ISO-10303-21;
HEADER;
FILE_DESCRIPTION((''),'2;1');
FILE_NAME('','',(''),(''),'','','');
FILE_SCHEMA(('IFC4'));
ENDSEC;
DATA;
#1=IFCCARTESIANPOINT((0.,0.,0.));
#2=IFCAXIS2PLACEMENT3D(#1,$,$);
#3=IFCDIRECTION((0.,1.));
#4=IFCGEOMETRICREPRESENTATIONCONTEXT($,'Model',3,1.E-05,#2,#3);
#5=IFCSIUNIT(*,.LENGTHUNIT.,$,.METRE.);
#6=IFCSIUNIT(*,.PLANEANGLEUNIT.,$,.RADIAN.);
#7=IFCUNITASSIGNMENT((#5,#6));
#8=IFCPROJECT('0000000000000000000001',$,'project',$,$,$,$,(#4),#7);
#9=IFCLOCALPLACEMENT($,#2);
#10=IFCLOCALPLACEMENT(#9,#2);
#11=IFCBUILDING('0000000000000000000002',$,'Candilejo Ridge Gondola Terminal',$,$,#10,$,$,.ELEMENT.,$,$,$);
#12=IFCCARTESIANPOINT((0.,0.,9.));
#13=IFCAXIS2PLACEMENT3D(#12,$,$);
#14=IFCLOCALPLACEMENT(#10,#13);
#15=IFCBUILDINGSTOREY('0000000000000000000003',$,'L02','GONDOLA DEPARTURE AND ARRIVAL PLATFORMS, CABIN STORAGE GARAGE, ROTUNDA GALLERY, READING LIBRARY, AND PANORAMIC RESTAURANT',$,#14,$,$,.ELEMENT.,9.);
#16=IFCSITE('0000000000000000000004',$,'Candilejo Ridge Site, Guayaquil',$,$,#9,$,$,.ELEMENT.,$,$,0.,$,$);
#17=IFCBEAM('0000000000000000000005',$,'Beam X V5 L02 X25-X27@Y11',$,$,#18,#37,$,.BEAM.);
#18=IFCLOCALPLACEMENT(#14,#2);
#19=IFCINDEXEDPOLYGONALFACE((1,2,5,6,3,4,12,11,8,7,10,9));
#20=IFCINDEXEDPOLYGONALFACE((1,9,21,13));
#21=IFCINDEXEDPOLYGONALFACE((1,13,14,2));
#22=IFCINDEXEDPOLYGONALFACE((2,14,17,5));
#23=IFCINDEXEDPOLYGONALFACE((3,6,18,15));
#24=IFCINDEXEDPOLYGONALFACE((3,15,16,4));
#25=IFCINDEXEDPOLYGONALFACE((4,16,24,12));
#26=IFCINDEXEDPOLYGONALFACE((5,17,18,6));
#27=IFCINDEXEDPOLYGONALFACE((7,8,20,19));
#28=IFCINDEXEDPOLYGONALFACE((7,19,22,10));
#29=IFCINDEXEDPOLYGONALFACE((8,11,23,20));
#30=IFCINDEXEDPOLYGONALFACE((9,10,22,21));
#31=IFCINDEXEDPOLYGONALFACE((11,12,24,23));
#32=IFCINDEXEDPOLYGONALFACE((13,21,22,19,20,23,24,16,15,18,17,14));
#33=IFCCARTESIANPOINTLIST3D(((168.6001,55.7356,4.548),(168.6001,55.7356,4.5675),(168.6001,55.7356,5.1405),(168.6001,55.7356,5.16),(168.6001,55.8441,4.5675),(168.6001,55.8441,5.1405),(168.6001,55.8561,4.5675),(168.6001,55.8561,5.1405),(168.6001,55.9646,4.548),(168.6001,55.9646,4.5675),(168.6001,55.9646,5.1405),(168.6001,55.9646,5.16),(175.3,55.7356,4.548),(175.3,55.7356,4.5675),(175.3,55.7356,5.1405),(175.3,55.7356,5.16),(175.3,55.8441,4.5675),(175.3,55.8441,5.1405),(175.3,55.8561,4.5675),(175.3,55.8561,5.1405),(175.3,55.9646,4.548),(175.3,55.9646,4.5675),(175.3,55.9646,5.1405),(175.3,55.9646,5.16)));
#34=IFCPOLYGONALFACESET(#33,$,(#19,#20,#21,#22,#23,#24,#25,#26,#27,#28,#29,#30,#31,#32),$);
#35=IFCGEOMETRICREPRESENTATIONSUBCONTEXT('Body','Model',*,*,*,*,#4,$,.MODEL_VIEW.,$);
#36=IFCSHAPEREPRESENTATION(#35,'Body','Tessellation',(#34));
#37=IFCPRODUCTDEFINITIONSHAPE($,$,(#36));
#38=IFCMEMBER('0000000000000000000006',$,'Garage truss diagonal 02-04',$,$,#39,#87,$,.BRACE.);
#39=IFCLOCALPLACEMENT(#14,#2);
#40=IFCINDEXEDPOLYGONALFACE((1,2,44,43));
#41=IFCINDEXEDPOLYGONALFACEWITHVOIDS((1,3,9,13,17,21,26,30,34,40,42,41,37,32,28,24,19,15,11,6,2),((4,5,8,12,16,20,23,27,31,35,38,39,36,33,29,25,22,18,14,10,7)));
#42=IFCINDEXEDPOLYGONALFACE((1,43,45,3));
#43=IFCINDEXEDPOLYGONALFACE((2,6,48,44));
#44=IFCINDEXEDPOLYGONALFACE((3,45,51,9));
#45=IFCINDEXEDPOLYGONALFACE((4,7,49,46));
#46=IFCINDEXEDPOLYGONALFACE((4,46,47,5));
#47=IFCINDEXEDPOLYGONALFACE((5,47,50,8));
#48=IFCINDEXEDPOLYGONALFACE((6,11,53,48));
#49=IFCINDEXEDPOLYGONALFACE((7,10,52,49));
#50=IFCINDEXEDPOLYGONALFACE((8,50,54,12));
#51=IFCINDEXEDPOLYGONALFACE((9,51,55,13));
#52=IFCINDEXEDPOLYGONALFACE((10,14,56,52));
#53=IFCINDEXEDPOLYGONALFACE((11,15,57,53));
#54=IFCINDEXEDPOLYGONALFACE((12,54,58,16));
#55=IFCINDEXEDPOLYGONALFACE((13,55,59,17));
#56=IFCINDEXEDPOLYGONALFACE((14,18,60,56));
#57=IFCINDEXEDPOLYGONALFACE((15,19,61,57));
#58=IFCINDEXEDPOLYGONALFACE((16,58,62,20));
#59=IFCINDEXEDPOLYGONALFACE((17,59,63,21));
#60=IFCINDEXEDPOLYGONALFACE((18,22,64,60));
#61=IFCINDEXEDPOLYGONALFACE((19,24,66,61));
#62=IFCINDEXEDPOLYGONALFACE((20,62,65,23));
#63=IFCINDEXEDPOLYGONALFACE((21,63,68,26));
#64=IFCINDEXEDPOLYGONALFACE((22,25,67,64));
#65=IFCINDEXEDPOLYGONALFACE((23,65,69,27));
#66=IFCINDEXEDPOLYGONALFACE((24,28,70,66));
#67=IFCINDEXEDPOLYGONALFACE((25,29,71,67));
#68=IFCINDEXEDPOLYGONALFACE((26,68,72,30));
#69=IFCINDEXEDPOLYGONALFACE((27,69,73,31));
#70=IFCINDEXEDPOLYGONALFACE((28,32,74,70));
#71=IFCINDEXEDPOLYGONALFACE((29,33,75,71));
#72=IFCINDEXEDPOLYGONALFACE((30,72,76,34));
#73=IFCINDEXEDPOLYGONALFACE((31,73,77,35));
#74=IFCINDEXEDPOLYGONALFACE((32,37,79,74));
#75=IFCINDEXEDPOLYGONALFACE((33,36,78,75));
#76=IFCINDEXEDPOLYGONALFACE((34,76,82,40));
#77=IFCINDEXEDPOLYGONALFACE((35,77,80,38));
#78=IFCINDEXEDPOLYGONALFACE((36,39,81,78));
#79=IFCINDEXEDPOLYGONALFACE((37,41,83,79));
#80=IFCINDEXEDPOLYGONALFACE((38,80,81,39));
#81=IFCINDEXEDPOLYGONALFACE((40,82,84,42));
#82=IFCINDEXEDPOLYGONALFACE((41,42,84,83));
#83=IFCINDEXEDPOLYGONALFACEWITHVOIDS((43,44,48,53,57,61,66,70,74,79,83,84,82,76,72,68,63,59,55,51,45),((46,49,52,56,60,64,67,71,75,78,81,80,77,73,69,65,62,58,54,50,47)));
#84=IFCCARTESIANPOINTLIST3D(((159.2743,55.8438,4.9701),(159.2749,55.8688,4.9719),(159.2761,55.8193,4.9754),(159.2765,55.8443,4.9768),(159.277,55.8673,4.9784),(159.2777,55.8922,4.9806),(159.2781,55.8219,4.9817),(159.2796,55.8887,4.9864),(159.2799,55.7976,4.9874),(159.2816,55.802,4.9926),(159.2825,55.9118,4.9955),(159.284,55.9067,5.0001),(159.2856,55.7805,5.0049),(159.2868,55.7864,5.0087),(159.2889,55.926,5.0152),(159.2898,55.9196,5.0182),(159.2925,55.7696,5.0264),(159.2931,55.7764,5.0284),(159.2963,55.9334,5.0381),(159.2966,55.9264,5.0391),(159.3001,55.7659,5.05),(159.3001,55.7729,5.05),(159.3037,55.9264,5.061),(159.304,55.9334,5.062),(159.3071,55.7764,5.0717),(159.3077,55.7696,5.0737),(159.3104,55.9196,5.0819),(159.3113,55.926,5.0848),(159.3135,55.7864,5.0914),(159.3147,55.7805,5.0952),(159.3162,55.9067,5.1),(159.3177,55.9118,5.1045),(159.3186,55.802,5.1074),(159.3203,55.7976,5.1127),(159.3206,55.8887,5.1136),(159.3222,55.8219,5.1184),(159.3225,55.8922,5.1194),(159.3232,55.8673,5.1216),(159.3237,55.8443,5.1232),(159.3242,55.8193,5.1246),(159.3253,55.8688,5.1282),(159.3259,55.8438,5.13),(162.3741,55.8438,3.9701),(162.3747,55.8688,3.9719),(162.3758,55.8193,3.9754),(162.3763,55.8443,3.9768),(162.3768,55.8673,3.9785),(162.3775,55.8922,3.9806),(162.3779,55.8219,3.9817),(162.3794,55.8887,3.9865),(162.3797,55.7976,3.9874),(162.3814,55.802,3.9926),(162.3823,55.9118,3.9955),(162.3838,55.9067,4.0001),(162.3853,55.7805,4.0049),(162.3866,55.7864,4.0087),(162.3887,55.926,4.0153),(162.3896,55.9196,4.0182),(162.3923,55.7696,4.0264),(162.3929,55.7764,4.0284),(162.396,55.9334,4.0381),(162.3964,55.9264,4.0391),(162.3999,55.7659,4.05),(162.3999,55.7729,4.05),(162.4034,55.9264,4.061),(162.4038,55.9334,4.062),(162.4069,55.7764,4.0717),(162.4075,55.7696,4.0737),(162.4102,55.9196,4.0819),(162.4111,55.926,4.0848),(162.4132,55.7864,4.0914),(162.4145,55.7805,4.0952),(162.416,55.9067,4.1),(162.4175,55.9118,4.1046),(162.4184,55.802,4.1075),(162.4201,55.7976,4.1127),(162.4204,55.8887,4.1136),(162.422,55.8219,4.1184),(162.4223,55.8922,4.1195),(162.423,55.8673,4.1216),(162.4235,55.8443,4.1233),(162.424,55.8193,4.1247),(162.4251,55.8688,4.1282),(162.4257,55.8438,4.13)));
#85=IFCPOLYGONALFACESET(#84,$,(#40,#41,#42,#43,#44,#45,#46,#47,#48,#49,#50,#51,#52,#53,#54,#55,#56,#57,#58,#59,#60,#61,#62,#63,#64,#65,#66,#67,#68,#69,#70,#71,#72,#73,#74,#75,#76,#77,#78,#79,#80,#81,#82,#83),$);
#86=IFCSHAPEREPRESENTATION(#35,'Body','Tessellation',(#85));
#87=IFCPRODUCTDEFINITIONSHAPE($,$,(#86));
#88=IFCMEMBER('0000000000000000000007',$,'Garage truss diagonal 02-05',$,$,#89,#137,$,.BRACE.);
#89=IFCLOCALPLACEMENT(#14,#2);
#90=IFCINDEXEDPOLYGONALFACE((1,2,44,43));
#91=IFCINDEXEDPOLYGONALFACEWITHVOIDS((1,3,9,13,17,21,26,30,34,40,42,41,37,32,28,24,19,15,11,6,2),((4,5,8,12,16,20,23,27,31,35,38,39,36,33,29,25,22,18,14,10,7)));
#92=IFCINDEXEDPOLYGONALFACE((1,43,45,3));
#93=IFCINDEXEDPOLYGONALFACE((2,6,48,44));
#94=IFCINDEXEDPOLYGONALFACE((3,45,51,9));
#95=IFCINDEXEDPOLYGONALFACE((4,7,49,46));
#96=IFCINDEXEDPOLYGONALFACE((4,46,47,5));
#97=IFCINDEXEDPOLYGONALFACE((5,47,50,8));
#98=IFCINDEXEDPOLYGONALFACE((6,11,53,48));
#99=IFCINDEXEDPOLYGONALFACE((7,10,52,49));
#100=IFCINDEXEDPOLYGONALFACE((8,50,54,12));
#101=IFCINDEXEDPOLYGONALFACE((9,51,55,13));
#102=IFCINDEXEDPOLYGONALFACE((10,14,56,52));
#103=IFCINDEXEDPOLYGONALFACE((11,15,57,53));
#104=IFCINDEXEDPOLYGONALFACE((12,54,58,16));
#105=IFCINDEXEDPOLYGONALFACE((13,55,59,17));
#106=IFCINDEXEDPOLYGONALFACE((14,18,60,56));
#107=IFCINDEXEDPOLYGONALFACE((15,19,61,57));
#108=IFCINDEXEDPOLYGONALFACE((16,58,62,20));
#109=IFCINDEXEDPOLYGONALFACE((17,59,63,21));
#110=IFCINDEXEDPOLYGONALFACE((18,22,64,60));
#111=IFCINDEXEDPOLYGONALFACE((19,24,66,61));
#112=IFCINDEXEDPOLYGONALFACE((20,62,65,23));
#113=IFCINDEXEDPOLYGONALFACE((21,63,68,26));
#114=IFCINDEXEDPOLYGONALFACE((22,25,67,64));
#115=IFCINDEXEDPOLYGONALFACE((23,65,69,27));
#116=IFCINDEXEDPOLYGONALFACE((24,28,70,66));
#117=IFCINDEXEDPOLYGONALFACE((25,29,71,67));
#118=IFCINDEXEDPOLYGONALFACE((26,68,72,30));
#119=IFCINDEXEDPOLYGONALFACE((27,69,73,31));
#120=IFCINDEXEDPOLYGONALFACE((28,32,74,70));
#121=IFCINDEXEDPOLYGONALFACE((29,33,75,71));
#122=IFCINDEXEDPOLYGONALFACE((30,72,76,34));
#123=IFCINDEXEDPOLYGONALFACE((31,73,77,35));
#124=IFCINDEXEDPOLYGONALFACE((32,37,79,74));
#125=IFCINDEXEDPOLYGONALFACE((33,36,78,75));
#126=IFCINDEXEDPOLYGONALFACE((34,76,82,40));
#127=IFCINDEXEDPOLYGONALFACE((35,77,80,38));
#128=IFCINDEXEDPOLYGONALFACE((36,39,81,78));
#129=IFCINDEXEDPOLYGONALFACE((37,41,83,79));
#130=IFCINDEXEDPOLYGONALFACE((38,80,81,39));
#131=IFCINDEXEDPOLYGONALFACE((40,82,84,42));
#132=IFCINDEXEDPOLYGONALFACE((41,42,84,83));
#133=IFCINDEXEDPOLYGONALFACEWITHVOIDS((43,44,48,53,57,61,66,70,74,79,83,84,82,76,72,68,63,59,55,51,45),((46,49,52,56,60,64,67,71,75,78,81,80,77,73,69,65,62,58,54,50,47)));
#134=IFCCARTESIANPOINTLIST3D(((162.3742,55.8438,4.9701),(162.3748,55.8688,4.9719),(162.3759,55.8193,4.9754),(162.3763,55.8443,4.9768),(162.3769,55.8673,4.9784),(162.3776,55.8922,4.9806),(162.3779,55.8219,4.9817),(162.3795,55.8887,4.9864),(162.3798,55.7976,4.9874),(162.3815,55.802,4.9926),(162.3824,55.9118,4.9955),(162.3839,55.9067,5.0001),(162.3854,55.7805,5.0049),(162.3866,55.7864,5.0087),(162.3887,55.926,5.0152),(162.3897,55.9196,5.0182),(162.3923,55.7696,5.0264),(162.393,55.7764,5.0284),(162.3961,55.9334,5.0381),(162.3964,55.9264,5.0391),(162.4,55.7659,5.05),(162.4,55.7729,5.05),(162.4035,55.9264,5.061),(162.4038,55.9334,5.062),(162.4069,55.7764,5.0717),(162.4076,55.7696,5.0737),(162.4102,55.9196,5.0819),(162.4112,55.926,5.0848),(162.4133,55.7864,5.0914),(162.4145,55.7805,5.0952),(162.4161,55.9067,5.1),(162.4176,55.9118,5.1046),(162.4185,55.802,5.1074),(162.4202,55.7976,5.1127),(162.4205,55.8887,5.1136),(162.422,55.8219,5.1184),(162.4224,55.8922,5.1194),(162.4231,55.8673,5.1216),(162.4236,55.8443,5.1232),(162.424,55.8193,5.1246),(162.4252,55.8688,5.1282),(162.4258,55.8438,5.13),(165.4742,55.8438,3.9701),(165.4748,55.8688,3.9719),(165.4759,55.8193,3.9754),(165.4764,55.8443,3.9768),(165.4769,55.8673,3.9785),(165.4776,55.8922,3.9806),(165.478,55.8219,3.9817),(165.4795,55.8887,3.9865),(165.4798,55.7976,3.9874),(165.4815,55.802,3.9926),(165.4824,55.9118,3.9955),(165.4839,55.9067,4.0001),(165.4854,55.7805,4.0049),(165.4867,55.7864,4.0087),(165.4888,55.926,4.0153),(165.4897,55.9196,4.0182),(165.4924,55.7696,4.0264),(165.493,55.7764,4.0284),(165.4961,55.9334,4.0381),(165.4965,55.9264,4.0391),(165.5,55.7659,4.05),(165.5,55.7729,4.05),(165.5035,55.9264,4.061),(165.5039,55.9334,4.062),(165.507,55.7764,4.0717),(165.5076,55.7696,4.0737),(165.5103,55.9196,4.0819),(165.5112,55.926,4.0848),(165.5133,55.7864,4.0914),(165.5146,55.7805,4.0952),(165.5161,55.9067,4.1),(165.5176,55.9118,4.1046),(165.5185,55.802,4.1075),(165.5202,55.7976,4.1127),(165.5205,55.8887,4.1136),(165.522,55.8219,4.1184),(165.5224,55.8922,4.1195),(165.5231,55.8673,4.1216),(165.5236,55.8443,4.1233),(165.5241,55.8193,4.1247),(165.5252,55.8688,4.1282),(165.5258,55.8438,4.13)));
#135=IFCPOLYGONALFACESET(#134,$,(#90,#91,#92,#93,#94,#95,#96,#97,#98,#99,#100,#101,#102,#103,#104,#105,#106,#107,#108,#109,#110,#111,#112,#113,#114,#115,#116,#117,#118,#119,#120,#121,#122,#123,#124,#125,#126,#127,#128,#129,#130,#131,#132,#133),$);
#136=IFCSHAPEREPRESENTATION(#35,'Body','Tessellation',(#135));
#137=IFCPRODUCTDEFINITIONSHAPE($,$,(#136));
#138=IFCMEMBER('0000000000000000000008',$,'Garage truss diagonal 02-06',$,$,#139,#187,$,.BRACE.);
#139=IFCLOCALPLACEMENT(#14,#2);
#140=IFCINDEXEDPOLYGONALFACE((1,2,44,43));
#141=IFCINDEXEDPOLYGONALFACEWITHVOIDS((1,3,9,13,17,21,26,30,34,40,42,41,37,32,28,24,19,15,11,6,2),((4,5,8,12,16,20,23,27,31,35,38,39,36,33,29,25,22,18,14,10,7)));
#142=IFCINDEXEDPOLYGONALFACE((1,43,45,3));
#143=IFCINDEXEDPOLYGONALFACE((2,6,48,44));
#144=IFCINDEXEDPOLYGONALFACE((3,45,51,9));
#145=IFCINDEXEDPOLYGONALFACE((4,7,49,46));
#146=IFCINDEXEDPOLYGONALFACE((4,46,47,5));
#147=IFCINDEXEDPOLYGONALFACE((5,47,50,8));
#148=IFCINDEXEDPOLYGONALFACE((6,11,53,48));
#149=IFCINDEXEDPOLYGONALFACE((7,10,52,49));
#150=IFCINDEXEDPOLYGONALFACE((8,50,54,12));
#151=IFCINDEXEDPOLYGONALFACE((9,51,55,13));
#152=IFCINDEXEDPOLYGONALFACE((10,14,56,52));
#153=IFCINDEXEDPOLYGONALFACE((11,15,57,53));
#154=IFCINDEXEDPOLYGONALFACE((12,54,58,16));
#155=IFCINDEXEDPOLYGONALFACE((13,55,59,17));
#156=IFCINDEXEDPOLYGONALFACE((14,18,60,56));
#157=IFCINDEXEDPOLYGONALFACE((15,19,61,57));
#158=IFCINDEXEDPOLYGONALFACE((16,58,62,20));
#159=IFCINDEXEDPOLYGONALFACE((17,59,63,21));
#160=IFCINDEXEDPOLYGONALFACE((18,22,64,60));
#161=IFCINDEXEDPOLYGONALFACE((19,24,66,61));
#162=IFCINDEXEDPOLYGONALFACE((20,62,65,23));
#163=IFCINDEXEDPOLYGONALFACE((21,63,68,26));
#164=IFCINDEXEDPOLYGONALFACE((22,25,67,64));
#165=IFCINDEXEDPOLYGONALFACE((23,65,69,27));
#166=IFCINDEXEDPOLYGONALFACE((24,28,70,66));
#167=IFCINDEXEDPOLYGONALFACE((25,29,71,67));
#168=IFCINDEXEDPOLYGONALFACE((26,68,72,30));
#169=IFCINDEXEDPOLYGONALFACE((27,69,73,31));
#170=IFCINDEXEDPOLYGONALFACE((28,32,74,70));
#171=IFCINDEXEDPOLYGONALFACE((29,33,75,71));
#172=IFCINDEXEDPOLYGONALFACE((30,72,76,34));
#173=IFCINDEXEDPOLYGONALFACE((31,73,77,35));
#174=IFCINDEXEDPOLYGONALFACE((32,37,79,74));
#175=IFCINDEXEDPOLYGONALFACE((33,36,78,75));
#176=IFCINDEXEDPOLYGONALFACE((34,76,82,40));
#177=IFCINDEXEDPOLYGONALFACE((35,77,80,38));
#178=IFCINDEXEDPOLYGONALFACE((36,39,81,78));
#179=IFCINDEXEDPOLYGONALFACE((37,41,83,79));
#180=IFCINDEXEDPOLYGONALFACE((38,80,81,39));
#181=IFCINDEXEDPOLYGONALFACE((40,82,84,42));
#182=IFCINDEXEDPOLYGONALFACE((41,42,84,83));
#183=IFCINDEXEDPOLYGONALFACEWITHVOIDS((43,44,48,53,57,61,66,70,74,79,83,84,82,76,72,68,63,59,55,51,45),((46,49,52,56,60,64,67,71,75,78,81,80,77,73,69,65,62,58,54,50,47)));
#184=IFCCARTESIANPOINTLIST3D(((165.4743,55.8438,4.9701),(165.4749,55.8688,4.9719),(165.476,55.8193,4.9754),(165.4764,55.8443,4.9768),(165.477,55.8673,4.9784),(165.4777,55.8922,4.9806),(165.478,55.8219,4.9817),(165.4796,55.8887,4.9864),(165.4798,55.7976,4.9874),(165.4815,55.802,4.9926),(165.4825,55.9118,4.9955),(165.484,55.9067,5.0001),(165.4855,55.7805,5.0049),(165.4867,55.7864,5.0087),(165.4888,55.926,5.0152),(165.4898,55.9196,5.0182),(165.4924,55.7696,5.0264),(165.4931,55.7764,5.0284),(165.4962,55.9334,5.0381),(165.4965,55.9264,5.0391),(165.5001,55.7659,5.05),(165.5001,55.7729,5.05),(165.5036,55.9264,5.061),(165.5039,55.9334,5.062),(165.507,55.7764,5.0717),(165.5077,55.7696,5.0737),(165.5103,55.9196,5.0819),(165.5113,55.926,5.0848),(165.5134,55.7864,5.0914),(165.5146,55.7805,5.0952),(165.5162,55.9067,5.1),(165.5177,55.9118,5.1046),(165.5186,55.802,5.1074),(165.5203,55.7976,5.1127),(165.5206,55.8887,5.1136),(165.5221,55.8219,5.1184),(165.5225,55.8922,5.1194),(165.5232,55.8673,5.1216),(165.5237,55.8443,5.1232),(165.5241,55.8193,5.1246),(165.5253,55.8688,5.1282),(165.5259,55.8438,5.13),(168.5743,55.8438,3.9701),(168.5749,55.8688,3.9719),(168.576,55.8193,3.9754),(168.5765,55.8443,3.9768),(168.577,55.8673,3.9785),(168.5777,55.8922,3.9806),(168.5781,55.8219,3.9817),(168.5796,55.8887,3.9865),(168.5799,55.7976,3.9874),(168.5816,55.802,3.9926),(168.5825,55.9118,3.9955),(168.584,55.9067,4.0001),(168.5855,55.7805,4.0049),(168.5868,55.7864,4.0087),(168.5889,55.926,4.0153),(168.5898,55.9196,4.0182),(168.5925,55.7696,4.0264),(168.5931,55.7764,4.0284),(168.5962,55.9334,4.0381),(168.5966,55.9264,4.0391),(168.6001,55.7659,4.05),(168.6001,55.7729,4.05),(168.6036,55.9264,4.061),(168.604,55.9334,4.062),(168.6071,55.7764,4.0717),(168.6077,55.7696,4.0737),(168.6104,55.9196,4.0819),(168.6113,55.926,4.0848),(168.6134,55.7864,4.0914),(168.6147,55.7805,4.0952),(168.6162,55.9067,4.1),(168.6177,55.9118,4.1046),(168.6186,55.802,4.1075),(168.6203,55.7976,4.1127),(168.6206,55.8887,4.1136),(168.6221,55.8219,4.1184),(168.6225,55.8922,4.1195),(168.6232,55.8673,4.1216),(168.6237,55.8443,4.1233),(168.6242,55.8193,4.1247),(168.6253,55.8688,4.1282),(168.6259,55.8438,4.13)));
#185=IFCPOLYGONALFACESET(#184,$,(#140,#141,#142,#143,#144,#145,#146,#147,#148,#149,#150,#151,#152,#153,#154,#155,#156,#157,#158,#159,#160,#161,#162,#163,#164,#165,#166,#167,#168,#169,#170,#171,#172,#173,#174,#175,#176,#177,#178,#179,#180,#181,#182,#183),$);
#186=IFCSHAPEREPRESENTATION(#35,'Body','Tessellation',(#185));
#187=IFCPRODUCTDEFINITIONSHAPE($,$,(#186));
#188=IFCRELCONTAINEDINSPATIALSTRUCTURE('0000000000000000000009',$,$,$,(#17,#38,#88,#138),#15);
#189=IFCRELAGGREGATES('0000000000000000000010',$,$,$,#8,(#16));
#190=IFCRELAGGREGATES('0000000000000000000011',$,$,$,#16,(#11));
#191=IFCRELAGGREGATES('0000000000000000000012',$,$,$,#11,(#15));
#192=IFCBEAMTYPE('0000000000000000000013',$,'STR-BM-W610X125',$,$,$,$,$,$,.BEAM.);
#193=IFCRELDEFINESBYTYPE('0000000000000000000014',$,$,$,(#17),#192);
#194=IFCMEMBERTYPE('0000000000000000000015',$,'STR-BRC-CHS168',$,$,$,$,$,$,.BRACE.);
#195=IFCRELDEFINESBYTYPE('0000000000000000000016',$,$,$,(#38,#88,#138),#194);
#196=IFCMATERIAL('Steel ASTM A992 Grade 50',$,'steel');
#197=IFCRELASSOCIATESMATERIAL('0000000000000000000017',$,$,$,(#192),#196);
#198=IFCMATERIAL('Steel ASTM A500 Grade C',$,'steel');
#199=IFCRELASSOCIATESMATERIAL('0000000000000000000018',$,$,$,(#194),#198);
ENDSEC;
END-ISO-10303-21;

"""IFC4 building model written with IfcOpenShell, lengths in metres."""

from ifc_helpers import new_model, si_unit, direction, frame, origin, origin_2d, place, context, subcontext, project, spatial, hollow_circle, i_section, extrude, material, material_profile, profile_set, type_object, element, save


model = new_model("IFC4")

# Units and contexts
model_context = context("Model", 3, precision=1e-05, world=origin(), true_north=direction((0.0, 1.0)))
body_context = subcontext(model_context, "Body", "Model", "MODEL_VIEW")
ifc_project = project(units=[si_unit("LENGTHUNIT", "METRE"), si_unit("PLANEANGLEUNIT", "RADIAN")], contexts=[model_context])

# Site, building, storey
site_placement = place(None, origin())
site = spatial("IfcSite", under=ifc_project, at=site_placement, Name="Candilejo Ridge Site, Guayaquil", CompositionType="ELEMENT", RefElevation=0.0)
building_placement = place(site_placement, origin())
building = spatial("IfcBuilding", under=site, at=building_placement, Name="Candilejo Ridge Gondola Terminal", CompositionType="ELEMENT")
storey_placement = place(building_placement, frame((0.0, 0.0, 9.0)))
storey = spatial("IfcBuildingStorey", under=building, at=storey_placement, Name="L02", Description="GONDOLA DEPARTURE AND ARRIVAL PLATFORMS, CABIN STORAGE GARAGE, ROTUNDA GALLERY, READING LIBRARY, AND PANORAMIC RESTAURANT", CompositionType="ELEMENT", Elevation=9.0)

# Beam
ifc_material_1 = material(Name="Steel ASTM A992 Grade 50", Category="steel")
ifc_material_profile_1 = material_profile(ifc_material_1, i_section(OverallWidth=0.229, OverallDepth=0.6121, WebThickness=0.012, FlangeThickness=0.0195, at=origin_2d()))
ifc_profile_set_1 = profile_set([ifc_material_profile_1], Name="Steel ASTM A992 Grade 50")
beam_type_1 = type_object("IfcBeamType", Name="STR-BM-W610X125", PredefinedType="BEAM", material=ifc_profile_set_1)
beam_1_placement = place(storey_placement, frame((168.6001, 55.8501, 4.854), z_axis=(1.0, 0.0, 0.0), x_axis=(0.0, 1.0, 0.0)))
element("IfcBeam", 1, at=beam_1_placement, inside=storey, type_object=beam_type_1, Name="Beam X V5 L02 X25-X27@Y11", PredefinedType="BEAM", context=body_context, shape_type="SweptSolid", body=[
    extrude(i_section(OverallWidth=0.229, OverallDepth=0.6121, WebThickness=0.012, FlangeThickness=0.0195, at=origin_2d()), origin(), (0.0, 0.0, 1.0), 6.7),
])

# Members
ifc_material_2 = material(Name="Steel ASTM A500 Grade C", Category="steel")
ifc_material_profile_2 = material_profile(ifc_material_2, hollow_circle(Radius=0.0842, WallThickness=0.0071, at=origin_2d()))
ifc_profile_set_2 = profile_set([ifc_material_profile_2], Name="Steel ASTM A500 Grade C")
member_type_1 = type_object("IfcMemberType", Name="STR-BRC-CHS168", PredefinedType="BRACE", material=ifc_profile_set_2)
member_1_placement = place(storey_placement, frame((162.3999, 55.8501, 4.05), z_axis=(-0.951704, 0.0, 0.307016), x_axis=(0.0, -1.0, 0.0)))
element("IfcMember", 2, at=member_1_placement, inside=storey, type_object=member_type_1, Name="Garage truss diagonal 02-04", PredefinedType="BRACE", context=body_context, shape_type="SweptSolid", body=[
    extrude(hollow_circle(Radius=0.0842, WallThickness=0.0071, at=origin_2d()), origin(), (0.0, 0.0, 1.0), 3.2571),
])
for number, where, z_axis, x_axis, name in (
    (3, (165.5, 55.8501, 4.05), (-0.951711, 0.0, 0.306994), (0.0, -1.0, 0.0), "Garage truss diagonal 02-05"),
    (4, (168.6001, 55.8501, 4.05), (-0.951711, 0.0, 0.306994), (0.0, -1.0, 0.0), "Garage truss diagonal 02-06"),
):
    element("IfcMember", number, at=place(storey_placement, frame(where, z_axis=z_axis, x_axis=x_axis)), inside=storey, type_object=member_type_1, Name=name, PredefinedType="BRACE", context=body_context, shape_type="SweptSolid", body=[
        extrude(hollow_circle(Radius=0.0842, WallThickness=0.0071, at=origin_2d()), origin(), (0.0, 0.0, 1.0), 3.2573),
    ])

save(model, "model.ifc")
